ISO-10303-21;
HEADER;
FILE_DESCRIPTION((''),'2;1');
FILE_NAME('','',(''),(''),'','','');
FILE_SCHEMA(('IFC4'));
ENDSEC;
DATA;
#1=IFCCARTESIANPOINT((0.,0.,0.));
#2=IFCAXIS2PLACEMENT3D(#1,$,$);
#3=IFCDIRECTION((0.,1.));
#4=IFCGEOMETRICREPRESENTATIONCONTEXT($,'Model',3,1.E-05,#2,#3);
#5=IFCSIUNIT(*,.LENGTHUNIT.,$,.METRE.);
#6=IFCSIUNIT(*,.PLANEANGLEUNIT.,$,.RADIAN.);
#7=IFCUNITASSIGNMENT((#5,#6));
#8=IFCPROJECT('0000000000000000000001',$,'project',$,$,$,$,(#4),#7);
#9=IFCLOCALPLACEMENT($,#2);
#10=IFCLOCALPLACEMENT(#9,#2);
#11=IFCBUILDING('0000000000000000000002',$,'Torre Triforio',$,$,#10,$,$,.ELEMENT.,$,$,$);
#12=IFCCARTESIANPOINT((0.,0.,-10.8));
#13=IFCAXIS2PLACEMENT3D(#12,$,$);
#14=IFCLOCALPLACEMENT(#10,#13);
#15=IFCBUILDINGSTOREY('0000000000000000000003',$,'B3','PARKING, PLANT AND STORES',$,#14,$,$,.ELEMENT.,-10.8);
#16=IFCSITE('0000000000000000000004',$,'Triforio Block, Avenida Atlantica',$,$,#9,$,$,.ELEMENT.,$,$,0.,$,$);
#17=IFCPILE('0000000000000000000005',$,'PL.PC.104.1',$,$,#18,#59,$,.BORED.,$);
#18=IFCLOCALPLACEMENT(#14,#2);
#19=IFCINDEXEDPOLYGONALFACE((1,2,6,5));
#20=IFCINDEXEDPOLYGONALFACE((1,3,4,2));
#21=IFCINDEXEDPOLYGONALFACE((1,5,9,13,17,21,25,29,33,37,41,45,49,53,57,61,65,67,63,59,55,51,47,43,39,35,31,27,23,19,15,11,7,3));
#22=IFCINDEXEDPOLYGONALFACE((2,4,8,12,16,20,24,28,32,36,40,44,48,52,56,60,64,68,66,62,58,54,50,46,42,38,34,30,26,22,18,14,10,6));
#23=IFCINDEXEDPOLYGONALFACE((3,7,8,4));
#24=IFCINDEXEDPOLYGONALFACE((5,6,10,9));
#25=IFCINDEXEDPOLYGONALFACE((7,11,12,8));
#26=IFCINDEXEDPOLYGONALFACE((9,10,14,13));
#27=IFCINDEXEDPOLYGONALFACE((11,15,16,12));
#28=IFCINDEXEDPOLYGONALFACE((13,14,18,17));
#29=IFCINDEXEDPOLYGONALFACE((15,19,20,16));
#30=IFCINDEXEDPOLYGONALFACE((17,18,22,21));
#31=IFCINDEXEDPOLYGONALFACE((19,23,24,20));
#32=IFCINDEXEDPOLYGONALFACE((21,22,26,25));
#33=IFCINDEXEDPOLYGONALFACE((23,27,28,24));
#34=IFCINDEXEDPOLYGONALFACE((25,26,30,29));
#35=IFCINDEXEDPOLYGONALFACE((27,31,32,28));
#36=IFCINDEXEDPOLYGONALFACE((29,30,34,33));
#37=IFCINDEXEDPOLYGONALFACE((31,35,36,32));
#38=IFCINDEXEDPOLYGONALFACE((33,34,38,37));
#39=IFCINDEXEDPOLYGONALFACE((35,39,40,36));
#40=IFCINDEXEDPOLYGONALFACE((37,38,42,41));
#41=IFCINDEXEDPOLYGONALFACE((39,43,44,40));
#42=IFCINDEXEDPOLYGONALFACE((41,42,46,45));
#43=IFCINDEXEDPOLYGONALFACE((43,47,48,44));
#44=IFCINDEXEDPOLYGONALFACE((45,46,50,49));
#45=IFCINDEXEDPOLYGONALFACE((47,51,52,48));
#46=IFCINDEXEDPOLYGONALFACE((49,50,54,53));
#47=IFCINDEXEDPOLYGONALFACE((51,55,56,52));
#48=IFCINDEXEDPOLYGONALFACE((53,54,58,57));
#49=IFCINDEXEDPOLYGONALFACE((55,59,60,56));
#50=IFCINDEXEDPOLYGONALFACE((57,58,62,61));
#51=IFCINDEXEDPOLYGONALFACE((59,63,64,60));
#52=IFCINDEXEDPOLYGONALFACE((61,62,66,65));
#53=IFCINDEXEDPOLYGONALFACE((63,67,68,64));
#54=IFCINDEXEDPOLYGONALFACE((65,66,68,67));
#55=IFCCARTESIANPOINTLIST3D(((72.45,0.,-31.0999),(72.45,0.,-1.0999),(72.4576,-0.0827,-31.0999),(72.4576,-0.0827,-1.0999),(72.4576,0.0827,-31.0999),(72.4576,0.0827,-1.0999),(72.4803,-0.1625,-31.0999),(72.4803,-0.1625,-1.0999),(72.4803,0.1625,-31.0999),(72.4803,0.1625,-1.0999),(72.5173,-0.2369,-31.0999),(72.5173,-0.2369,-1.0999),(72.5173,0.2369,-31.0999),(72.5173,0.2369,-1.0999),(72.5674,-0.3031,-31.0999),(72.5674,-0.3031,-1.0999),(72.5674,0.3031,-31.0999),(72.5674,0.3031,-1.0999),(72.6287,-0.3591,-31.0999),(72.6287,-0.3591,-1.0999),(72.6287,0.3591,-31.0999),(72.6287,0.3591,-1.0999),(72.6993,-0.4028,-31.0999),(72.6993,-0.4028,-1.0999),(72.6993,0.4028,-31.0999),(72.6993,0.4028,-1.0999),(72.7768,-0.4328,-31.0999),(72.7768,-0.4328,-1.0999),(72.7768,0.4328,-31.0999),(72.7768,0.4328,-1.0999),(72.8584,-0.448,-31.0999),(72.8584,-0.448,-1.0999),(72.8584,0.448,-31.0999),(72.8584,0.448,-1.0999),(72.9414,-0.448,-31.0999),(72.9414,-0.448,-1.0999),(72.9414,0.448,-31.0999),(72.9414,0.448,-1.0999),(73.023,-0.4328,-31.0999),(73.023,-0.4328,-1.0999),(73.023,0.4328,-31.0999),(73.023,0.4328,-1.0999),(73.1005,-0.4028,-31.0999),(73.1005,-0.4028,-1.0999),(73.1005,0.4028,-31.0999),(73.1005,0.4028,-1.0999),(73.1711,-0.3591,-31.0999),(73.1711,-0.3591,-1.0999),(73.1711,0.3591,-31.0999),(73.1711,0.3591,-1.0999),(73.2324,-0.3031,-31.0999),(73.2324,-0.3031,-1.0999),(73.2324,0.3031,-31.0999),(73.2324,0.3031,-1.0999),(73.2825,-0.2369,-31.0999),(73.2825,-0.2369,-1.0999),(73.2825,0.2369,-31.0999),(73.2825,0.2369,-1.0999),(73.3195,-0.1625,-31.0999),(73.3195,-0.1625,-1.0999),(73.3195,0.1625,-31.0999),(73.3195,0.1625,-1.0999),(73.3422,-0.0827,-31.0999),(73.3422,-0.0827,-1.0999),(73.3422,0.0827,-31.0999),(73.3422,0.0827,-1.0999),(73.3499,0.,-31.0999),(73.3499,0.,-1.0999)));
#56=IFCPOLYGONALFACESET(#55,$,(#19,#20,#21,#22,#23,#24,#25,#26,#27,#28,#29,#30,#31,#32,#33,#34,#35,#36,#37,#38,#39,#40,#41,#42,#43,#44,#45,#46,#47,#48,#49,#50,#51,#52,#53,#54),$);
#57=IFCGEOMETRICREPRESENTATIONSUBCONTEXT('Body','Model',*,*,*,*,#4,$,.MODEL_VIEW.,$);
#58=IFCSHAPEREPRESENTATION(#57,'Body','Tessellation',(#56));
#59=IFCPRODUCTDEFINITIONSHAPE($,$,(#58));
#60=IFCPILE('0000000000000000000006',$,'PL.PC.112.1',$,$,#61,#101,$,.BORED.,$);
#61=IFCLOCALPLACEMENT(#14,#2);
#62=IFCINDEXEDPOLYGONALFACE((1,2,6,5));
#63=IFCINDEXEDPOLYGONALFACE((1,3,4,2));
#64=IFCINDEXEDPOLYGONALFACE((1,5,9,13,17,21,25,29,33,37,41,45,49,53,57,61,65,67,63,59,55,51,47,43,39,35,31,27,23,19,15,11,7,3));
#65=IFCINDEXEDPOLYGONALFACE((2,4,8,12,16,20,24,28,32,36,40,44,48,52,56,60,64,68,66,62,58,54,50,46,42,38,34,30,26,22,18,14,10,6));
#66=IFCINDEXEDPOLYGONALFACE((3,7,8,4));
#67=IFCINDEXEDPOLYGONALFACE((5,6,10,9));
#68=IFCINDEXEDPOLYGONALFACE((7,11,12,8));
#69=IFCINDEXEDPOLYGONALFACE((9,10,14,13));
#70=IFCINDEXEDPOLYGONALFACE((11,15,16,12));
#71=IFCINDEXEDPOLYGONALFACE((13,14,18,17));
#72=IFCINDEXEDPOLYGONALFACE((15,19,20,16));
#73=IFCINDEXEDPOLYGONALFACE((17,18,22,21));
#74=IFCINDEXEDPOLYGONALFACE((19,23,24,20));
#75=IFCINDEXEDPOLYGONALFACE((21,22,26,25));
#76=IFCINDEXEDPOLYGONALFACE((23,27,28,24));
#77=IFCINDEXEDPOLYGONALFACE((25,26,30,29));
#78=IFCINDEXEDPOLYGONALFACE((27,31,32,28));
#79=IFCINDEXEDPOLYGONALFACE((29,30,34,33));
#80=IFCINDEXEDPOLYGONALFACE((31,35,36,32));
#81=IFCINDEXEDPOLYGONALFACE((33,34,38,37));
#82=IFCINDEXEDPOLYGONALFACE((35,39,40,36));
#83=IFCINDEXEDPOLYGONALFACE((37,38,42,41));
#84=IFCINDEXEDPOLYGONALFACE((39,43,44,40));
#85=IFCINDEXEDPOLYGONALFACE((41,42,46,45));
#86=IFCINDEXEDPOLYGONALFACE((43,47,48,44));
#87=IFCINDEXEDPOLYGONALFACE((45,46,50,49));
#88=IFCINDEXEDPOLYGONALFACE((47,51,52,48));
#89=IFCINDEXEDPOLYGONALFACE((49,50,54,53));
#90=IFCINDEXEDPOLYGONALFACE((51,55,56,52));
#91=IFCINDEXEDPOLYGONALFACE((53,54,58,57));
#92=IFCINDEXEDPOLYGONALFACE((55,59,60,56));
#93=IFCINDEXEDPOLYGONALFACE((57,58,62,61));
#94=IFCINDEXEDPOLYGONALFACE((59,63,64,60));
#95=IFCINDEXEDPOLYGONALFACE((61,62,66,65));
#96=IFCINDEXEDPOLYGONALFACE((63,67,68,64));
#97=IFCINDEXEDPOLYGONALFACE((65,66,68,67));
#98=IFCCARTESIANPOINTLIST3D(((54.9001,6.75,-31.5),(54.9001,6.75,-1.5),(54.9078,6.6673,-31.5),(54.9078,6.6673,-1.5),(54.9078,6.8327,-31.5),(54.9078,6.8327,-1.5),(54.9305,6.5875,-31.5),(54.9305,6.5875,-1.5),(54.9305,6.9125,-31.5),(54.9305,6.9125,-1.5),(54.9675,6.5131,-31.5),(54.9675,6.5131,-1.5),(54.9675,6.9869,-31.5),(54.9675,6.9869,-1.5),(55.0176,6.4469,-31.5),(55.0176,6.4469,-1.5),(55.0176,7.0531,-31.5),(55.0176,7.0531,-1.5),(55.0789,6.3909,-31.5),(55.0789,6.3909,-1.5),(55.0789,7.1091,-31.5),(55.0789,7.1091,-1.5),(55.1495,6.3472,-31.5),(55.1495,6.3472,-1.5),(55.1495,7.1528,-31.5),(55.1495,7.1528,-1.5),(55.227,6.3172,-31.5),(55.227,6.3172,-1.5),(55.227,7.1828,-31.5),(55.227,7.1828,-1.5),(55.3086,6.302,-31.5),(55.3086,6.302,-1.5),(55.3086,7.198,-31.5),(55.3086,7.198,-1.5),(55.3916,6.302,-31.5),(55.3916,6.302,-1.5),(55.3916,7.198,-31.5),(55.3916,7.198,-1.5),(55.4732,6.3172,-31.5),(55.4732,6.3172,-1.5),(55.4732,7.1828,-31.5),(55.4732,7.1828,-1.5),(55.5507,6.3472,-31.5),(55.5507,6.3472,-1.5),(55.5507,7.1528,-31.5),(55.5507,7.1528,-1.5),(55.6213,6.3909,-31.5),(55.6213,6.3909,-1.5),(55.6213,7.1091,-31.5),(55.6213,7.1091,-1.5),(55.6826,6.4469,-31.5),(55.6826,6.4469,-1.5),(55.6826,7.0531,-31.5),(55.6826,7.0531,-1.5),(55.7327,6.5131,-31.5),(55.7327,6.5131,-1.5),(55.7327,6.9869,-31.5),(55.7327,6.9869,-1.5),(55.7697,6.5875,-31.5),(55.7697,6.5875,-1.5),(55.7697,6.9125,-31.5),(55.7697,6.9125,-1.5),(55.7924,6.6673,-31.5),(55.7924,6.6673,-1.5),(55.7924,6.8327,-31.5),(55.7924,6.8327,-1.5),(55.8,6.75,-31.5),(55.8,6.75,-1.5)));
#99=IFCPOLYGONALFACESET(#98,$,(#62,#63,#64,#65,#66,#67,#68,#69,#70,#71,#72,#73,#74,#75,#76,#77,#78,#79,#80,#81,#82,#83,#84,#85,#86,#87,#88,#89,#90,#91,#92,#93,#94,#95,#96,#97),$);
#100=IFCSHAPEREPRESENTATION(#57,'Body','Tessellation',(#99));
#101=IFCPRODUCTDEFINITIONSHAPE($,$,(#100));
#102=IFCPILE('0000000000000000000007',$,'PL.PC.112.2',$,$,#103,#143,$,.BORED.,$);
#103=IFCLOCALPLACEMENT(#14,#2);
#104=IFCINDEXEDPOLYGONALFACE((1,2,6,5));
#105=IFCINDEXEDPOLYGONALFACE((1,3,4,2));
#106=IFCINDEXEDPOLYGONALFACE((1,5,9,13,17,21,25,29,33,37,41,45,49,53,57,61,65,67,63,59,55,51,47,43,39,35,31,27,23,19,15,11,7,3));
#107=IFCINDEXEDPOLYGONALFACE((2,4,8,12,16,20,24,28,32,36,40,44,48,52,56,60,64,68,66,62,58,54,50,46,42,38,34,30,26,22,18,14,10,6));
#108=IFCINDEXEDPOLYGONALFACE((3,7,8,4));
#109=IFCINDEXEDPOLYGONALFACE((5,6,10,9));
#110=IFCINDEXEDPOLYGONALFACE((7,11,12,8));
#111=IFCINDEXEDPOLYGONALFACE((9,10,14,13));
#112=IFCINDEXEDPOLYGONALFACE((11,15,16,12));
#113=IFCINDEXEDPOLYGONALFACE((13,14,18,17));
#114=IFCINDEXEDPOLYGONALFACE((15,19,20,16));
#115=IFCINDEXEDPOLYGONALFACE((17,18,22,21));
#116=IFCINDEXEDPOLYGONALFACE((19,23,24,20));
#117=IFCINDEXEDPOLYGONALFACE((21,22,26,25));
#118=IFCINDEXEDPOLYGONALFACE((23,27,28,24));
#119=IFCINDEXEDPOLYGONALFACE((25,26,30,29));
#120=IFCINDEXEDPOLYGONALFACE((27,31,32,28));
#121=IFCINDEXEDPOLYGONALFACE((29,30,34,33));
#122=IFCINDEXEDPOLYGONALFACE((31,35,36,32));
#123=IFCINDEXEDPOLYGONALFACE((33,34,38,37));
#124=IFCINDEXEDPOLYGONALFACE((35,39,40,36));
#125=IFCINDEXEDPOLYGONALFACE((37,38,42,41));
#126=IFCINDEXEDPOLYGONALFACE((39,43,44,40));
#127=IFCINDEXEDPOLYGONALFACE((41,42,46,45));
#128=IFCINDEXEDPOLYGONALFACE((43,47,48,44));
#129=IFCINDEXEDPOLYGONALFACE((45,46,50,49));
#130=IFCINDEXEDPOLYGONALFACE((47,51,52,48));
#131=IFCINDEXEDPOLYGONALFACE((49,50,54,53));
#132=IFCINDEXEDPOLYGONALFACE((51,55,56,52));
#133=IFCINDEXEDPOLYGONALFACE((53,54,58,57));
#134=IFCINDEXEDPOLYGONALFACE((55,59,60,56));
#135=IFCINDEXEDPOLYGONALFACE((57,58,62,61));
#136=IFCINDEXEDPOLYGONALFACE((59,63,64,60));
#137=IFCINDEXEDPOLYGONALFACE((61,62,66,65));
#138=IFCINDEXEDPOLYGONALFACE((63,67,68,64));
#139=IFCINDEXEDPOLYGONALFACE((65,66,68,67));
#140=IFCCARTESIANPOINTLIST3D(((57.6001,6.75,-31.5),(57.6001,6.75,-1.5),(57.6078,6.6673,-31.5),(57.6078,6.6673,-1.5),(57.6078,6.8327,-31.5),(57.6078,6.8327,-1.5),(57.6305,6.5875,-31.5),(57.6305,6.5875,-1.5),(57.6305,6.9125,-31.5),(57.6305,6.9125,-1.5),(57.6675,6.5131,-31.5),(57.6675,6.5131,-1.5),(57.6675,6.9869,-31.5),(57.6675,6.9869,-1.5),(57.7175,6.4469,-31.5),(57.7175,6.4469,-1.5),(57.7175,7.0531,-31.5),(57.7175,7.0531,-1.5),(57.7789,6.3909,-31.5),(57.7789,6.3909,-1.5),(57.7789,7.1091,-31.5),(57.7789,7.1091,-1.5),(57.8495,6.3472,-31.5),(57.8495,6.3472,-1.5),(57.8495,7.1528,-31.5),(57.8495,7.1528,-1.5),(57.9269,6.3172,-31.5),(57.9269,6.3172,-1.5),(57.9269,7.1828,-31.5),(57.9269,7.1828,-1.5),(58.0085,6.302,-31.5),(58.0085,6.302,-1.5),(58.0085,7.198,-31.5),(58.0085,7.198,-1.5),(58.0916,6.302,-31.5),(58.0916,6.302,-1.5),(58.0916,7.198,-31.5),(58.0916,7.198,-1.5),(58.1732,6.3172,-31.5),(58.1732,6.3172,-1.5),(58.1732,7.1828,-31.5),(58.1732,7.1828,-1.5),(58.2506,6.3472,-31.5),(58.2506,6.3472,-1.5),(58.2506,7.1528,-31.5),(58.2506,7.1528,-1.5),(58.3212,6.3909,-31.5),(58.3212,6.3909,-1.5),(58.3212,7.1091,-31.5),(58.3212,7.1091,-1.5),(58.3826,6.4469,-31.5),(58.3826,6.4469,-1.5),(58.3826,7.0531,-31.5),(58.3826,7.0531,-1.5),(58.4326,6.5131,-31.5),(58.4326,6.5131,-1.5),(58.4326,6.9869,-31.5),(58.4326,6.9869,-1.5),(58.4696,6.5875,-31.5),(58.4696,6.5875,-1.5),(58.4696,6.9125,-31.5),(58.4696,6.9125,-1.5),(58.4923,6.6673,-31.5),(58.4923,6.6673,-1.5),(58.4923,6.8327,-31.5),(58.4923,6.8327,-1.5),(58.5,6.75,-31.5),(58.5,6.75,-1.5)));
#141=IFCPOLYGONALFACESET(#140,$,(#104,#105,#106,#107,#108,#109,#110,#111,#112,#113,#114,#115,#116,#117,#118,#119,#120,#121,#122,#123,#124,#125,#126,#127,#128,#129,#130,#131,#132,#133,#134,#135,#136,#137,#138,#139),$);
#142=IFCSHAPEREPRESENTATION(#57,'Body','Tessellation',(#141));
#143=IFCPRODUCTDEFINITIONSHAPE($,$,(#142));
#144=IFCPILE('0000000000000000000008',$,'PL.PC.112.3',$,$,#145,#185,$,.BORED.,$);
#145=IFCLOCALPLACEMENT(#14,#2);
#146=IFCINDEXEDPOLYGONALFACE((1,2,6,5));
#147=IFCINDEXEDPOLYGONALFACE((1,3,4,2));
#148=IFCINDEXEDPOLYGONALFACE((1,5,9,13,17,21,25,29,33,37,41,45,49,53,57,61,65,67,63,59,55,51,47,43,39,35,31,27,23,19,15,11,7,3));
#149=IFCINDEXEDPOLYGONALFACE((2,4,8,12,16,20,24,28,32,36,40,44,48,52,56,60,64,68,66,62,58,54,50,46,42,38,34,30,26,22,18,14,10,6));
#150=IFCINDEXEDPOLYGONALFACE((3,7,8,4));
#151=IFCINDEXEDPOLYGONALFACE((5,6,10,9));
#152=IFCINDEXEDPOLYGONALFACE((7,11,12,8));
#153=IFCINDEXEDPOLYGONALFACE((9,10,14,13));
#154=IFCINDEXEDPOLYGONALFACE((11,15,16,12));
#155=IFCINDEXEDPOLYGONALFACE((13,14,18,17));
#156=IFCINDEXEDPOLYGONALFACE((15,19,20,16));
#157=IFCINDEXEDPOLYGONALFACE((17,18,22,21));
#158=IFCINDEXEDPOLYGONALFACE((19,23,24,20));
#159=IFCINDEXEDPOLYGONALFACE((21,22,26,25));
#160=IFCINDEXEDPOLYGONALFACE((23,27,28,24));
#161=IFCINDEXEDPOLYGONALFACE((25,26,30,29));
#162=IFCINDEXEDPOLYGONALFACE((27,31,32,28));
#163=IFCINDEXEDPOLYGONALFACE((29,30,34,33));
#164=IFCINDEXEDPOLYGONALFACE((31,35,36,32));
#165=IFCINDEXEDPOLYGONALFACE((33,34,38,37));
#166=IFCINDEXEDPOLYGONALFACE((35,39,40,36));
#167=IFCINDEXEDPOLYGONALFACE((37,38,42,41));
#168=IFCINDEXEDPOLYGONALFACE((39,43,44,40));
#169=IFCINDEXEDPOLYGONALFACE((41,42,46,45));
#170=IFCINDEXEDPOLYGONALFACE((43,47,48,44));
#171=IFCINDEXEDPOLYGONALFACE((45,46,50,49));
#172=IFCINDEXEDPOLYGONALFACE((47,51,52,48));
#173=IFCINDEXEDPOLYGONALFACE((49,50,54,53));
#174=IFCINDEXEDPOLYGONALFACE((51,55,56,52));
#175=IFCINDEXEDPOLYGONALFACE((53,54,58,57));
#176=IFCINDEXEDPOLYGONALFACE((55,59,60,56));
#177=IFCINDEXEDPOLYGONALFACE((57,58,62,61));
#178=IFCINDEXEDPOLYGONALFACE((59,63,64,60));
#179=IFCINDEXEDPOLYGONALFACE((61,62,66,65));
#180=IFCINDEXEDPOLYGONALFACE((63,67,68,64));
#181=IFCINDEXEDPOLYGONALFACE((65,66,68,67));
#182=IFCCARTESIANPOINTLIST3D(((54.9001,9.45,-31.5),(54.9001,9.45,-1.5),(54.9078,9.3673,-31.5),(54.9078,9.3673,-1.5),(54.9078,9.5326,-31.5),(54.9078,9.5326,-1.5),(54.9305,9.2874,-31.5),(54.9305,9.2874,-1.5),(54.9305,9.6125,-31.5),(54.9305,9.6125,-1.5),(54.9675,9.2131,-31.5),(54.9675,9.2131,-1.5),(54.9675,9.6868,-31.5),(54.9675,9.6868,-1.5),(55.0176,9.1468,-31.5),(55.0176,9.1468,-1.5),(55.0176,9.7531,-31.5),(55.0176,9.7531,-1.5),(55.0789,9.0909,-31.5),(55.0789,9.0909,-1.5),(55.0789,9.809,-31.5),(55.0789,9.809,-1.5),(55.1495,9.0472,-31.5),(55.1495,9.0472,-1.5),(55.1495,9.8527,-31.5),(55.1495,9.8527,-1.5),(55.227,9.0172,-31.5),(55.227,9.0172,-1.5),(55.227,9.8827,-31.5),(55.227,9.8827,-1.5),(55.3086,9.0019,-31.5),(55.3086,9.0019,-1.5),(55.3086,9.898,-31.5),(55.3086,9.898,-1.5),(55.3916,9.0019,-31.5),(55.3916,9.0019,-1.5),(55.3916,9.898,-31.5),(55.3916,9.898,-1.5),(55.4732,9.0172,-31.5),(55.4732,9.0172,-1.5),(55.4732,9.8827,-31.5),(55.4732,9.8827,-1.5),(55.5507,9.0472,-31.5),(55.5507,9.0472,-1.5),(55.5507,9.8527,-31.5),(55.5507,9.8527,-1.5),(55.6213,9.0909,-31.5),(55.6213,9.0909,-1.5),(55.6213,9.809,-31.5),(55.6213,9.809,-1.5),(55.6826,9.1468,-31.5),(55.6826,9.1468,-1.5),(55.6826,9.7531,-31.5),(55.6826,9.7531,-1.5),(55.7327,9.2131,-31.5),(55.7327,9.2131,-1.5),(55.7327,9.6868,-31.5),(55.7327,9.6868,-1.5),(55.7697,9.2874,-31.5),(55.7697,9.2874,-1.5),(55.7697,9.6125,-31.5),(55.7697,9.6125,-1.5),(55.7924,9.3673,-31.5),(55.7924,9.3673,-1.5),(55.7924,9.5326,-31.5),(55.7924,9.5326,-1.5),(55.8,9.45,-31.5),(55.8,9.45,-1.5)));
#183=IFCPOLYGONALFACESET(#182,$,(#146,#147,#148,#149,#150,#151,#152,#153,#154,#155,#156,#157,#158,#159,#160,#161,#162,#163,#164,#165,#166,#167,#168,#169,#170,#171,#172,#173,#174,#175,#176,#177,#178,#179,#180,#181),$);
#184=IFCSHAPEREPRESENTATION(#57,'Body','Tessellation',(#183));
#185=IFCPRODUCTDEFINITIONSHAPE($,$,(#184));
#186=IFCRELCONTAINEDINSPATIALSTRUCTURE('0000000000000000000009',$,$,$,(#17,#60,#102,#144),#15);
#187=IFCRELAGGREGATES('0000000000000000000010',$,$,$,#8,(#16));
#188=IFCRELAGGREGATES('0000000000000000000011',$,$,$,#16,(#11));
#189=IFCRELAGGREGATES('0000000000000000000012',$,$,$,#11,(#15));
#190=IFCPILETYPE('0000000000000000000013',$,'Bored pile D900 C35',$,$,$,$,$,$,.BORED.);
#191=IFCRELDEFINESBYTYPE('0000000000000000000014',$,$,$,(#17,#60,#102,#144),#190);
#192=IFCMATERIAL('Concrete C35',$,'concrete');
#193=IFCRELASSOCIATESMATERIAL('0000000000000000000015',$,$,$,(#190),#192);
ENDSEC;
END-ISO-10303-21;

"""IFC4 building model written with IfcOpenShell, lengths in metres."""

from ifc_helpers import new_model, si_unit, direction, frame, origin, origin_2d, place, context, subcontext, project, spatial, circle, extrude, material, material_profile, profile_set, type_object, element, save


model = new_model("IFC4")

# Units and contexts
model_context = context("Model", 3, precision=1e-05, world=origin(), true_north=direction((0.0, 1.0)))
body_context = subcontext(model_context, "Body", "Model", "MODEL_VIEW")
ifc_project = project(units=[si_unit("LENGTHUNIT", "METRE"), si_unit("PLANEANGLEUNIT", "RADIAN")], contexts=[model_context])

# Site, building, storey
site_placement = place(None, origin())
site = spatial("IfcSite", under=ifc_project, at=site_placement, Name="Triforio Block, Avenida Atlantica", CompositionType="ELEMENT", RefElevation=0.0)
building_placement = place(site_placement, origin())
building = spatial("IfcBuilding", under=site, at=building_placement, Name="Torre Triforio", CompositionType="ELEMENT")
storey_placement = place(building_placement, frame((0.0, 0.0, -10.8)))
storey = spatial("IfcBuildingStorey", under=building, at=storey_placement, Name="B3", Description="PARKING, PLANT AND STORES", CompositionType="ELEMENT", Elevation=-10.8)

# Piles
ifc_material_1 = material(Name="Concrete C35", Category="concrete")
ifc_material_profile_1 = material_profile(ifc_material_1, circle(Radius=0.45, at=origin_2d()), Name="RC D900")
ifc_profile_set_1 = profile_set([ifc_material_profile_1], Name="Concrete C35")
pile_type = type_object("IfcPileType", Name="Bored pile D900 C35", PredefinedType="BORED", material=ifc_profile_set_1)
for number, where, z_axis, x_axis, name in (
    (1, (72.8999, 0.0, -1.0999), (0.0, 0.0, -1.0), (1.0, 0.0, 0.0), "PL.PC.104.1"),
    (2, (55.3501, 6.75, -1.5), (0.0, 0.0, -1.0), (1.0, 0.0, 0.0), "PL.PC.112.1"),
    (3, (58.05, 6.75, -1.5), (0.0, 0.0, -1.0), (1.0, 0.0, 0.0), "PL.PC.112.2"),
    (4, (55.3501, 9.45, -1.5), (0.0, 0.0, -1.0), (1.0, 0.0, 0.0), "PL.PC.112.3"),
):
    element("IfcPile", number, at=place(storey_placement, frame(where, z_axis=z_axis, x_axis=x_axis)), inside=storey, type_object=pile_type, Name=name, PredefinedType="BORED", context=body_context, shape_type="SweptSolid", body=[
        extrude(circle(Radius=0.45, at=origin_2d()), origin(), (0.0, 0.0, 1.0), 30.0),
    ])

save(model, "model.ifc")
